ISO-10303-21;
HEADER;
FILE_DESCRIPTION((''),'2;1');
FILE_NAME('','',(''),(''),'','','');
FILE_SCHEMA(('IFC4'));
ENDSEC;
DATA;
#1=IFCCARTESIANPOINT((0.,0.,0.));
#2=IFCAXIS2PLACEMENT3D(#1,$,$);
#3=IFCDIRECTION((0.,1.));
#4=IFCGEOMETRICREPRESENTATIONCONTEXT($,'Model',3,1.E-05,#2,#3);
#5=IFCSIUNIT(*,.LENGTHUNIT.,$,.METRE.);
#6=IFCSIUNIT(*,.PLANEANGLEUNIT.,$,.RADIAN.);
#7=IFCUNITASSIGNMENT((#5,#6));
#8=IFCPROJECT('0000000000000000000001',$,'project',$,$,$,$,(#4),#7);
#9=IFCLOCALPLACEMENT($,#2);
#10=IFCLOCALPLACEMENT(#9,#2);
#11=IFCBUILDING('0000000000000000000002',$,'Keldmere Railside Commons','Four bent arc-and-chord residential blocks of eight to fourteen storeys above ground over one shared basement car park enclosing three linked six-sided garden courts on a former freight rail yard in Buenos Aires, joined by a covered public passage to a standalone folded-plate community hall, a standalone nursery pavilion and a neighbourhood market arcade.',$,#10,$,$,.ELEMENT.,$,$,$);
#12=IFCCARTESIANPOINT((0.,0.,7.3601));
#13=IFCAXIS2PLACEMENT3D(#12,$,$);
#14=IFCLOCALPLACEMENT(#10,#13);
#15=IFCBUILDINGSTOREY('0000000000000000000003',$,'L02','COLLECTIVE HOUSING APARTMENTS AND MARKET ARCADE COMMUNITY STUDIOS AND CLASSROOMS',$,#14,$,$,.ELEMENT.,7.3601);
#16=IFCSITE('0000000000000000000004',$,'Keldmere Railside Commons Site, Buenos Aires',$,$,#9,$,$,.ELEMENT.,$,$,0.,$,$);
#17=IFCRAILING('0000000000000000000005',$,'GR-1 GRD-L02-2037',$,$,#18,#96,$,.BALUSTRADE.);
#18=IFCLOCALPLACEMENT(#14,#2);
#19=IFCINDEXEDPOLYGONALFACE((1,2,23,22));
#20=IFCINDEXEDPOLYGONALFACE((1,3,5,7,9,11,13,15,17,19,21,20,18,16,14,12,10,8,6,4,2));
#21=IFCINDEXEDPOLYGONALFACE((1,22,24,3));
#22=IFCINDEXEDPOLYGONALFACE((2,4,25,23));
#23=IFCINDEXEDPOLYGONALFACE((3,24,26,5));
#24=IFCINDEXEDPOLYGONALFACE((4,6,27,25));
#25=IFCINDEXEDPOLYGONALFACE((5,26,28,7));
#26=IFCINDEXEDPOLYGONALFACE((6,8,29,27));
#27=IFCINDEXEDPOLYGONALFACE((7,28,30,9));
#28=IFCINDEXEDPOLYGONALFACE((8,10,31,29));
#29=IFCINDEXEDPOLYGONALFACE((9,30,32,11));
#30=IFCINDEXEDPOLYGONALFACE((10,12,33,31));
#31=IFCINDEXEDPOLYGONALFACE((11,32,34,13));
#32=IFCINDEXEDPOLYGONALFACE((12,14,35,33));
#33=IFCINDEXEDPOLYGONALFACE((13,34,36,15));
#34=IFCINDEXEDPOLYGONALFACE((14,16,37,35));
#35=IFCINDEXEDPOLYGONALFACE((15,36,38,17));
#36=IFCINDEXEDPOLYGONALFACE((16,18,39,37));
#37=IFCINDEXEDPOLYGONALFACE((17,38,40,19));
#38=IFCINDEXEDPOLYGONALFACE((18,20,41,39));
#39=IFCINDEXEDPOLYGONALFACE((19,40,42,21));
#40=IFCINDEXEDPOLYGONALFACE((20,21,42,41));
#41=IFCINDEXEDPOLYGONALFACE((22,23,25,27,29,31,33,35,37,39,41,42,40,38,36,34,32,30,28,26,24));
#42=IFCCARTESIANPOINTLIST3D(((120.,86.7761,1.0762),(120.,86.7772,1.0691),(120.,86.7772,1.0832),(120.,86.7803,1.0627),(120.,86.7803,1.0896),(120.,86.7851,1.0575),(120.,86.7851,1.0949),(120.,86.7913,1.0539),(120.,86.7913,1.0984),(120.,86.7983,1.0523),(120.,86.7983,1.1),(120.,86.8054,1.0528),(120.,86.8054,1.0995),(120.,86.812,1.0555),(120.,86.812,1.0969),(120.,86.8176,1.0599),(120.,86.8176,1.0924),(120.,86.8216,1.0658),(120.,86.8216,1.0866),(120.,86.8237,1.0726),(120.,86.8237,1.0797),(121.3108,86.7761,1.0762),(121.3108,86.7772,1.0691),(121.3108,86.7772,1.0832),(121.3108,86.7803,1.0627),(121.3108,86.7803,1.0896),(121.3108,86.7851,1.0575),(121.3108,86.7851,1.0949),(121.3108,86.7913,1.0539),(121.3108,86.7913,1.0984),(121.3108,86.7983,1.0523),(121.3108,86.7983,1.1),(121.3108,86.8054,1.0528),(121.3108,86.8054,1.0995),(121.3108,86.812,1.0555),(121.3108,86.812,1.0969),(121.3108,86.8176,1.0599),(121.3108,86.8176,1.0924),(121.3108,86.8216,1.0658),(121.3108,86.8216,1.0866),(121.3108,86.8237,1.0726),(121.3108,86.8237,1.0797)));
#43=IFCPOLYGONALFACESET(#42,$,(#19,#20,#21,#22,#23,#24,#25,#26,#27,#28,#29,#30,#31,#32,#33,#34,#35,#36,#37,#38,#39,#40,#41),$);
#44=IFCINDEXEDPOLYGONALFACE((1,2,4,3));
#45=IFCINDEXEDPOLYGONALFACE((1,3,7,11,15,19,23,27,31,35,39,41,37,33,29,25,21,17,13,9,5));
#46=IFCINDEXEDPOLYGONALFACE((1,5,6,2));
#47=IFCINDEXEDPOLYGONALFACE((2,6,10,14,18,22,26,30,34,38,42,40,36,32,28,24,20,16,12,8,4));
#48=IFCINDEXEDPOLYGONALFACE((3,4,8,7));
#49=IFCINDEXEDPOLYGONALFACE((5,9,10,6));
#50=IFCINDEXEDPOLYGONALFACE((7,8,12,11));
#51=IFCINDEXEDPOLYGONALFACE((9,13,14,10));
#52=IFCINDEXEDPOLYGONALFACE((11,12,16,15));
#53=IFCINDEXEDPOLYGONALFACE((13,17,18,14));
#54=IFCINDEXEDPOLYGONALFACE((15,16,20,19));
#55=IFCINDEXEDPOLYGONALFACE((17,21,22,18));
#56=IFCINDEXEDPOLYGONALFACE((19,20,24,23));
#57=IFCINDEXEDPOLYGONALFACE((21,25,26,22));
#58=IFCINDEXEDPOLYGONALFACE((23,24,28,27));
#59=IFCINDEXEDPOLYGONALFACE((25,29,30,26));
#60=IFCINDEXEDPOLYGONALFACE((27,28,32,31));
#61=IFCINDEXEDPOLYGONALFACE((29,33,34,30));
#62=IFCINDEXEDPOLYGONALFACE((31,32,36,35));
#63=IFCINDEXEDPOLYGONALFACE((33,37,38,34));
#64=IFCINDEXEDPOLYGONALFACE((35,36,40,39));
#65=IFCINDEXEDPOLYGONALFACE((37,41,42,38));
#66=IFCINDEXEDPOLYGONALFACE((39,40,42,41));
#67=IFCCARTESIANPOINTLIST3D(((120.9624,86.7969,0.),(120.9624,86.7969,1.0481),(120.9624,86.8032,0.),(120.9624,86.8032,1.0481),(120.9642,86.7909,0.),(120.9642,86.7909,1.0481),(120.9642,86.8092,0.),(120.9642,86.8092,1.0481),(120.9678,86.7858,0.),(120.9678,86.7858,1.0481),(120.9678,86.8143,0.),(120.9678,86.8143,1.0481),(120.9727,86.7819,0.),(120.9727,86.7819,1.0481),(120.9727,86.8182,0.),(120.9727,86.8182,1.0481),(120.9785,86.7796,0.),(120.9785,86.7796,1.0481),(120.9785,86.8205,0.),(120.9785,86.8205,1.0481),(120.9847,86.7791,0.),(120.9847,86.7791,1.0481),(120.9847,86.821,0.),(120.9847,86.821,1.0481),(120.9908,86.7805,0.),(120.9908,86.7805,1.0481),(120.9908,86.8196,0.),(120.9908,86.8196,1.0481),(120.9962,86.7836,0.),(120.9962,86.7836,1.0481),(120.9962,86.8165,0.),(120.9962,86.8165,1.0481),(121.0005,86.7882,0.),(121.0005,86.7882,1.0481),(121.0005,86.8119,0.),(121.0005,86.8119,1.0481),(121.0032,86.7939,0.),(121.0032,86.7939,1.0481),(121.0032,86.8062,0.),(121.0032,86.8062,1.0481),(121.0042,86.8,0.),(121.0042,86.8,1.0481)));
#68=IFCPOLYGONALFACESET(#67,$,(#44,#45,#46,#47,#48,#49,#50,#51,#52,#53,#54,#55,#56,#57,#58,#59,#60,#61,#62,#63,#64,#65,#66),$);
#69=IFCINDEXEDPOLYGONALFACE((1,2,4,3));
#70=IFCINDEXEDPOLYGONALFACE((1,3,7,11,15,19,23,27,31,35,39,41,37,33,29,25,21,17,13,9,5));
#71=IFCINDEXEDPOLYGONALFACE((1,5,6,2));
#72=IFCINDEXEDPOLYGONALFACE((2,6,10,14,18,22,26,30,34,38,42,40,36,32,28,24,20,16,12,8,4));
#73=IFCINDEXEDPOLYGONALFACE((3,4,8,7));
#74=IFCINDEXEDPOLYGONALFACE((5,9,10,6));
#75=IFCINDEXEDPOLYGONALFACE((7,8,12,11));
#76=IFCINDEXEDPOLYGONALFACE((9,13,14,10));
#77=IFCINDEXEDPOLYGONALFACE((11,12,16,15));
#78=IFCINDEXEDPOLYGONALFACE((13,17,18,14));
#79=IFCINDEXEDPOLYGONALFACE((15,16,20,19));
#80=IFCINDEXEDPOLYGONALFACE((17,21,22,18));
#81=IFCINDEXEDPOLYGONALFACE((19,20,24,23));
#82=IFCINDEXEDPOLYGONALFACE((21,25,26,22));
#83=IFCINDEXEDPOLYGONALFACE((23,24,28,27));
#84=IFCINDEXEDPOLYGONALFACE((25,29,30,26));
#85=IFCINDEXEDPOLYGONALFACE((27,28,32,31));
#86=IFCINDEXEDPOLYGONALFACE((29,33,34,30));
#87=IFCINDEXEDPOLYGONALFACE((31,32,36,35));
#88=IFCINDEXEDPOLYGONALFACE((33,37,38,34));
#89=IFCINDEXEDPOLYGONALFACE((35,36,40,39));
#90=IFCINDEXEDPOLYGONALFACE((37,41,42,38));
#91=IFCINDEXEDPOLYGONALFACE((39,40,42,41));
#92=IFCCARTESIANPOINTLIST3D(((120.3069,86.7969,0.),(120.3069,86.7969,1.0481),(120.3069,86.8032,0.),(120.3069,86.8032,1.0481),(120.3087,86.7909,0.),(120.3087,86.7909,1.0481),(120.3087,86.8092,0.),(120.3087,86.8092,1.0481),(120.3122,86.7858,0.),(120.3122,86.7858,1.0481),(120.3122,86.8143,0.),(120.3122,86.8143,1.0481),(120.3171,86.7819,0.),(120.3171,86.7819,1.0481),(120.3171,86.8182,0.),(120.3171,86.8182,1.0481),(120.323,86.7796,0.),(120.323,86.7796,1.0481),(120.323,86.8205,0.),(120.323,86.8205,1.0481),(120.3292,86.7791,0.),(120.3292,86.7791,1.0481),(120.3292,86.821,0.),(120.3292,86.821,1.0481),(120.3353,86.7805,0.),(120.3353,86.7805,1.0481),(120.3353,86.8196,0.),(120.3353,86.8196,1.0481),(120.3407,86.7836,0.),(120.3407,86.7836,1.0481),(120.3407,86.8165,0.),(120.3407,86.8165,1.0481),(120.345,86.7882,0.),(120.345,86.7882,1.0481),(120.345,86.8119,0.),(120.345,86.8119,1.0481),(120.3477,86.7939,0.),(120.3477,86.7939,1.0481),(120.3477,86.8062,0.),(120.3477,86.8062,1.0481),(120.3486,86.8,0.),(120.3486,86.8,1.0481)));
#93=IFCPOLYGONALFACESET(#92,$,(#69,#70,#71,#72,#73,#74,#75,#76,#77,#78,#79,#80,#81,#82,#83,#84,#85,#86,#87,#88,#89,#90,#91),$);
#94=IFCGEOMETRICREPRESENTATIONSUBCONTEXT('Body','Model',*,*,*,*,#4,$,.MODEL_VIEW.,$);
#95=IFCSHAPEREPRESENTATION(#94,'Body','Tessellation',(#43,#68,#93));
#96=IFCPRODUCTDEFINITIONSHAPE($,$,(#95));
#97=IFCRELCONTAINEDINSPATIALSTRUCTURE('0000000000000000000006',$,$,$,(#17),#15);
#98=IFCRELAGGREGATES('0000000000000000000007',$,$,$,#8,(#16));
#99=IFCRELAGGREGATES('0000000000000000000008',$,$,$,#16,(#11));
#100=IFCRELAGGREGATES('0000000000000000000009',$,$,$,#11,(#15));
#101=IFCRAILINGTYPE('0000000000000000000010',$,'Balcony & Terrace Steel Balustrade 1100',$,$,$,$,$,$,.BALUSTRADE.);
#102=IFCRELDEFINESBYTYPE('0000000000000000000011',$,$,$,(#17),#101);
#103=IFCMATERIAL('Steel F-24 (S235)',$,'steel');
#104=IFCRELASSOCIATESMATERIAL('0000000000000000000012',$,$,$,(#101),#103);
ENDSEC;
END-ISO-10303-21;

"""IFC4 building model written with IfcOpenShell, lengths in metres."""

from ifc_helpers import new_model, si_unit, direction, frame, origin, origin_2d, place, context, subcontext, project, spatial, circle, extrude, material, type_object, element, save


model = new_model("IFC4")

# Units and contexts
model_context = context("Model", 3, precision=1e-05, world=origin(), true_north=direction((0.0, 1.0)))
body_context = subcontext(model_context, "Body", "Model", "MODEL_VIEW")
ifc_project = project(units=[si_unit("LENGTHUNIT", "METRE"), si_unit("PLANEANGLEUNIT", "RADIAN")], contexts=[model_context])

# Site, building, storey
site_placement = place(None, origin())
site = spatial("IfcSite", under=ifc_project, at=site_placement, Name="Keldmere Railside Commons Site, Buenos Aires", CompositionType="ELEMENT", RefElevation=0.0)
building_placement = place(site_placement, origin())
building = spatial("IfcBuilding", under=site, at=building_placement, Name="Keldmere Railside Commons", Description="Four bent arc-and-chord residential blocks of eight to fourteen storeys above ground over one shared basement car park enclosing three linked six-sided garden courts on a former freight rail yard in Buenos Aires, joined by a covered public passage to a standalone folded-plate community hall, a standalone nursery pavilion and a neighbourhood market arcade.", CompositionType="ELEMENT")
storey_placement = place(building_placement, frame((0.0, 0.0, 7.3601)))
storey = spatial("IfcBuildingStorey", under=building, at=storey_placement, Name="L02", Description="COLLECTIVE HOUSING APARTMENTS AND MARKET ARCADE COMMUNITY STUDIOS AND CLASSROOMS", CompositionType="ELEMENT", Elevation=7.3601)

# Railing
ifc_material_1 = material(Name="Steel F-24 (S235)", Category="steel")
railing_type = type_object("IfcRailingType", Name="Balcony & Terrace Steel Balustrade 1100", PredefinedType="BALUSTRADE", material=ifc_material_1)
railing_1_placement = place(storey_placement, frame((121.3108, 86.8, 0.0)))
element("IfcRailing", 1, at=railing_1_placement, inside=storey, type_object=railing_type, Name="GR-1 GRD-L02-2037", PredefinedType="BALUSTRADE", context=body_context, shape_type="SweptSolid", body=[
    extrude(circle(Radius=0.0239, at=origin_2d()), frame((0.0, 0.0, 1.0762), z_axis=(-1.0, 0.0, 0.0), x_axis=(0.0, -1.0, 0.0)), (0.0, 0.0, 1.0), 1.3108),
    extrude(circle(Radius=0.021, at=origin_2d()), frame((-0.3276, 0.0, 0.0)), (0.0, 0.0, 1.0), 1.0481),
    extrude(circle(Radius=0.021, at=origin_2d()), frame((-0.9832, 0.0, 0.0)), (0.0, 0.0, 1.0), 1.0481),
])

save(model, "model.ifc")
